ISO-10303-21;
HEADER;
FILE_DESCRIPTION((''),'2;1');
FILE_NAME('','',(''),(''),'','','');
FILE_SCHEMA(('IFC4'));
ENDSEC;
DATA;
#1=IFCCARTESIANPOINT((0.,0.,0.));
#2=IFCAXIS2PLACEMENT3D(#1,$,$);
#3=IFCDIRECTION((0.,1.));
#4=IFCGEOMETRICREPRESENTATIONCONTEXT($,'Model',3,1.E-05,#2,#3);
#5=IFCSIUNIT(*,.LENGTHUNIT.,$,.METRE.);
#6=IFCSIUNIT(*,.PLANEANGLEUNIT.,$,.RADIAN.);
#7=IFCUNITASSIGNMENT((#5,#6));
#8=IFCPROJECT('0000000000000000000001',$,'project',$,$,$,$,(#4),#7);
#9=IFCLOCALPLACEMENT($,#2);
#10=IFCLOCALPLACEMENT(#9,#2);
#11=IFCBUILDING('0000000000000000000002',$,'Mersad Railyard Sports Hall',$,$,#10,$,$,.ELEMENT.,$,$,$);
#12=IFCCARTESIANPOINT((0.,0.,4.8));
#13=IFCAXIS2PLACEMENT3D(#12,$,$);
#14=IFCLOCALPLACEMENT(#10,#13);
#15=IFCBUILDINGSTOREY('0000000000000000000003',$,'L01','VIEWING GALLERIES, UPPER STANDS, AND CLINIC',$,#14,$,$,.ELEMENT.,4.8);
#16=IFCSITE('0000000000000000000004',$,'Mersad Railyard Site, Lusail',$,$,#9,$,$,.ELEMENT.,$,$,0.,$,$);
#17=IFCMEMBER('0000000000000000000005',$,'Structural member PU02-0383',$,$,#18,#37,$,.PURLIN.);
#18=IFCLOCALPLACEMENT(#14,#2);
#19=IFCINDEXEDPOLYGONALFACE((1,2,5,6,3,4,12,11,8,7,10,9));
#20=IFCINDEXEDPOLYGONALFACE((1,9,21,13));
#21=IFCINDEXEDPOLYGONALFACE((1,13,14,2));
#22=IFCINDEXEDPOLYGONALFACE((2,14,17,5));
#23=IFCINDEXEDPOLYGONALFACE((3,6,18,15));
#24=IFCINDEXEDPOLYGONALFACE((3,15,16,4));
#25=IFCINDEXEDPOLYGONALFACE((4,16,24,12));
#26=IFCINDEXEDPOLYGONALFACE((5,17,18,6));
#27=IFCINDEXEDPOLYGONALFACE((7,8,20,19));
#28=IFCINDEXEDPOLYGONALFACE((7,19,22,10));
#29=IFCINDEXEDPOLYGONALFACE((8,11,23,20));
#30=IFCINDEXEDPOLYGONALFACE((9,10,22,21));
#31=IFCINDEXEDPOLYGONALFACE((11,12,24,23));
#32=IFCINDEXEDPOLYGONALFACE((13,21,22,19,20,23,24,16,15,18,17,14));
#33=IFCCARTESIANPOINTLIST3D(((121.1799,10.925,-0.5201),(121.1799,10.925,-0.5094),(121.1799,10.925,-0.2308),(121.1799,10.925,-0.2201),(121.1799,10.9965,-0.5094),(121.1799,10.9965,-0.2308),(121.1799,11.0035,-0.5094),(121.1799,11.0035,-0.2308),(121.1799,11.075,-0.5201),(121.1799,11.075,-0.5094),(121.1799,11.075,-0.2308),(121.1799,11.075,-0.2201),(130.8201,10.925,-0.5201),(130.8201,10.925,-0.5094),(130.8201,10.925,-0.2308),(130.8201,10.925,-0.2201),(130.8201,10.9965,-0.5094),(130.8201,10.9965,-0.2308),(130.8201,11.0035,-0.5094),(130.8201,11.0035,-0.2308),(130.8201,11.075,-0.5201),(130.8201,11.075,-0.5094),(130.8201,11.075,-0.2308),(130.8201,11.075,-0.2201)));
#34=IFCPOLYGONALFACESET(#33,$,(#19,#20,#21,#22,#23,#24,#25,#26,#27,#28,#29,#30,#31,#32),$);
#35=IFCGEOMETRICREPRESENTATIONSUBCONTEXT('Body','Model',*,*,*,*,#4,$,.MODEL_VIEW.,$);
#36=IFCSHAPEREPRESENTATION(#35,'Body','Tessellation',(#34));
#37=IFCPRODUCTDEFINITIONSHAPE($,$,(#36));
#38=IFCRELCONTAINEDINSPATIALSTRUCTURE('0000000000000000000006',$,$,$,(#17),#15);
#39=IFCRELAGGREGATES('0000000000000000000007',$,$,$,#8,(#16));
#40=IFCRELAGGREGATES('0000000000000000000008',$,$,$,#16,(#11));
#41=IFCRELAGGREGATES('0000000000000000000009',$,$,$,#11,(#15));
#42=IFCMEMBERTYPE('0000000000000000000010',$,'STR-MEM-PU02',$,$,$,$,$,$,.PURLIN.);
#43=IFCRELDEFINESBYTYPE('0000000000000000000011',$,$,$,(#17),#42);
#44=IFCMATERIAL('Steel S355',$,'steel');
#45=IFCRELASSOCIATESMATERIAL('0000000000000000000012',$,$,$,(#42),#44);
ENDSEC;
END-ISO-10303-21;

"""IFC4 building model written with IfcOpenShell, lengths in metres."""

from ifc_helpers import new_model, si_unit, direction, frame, origin, origin_2d, place, context, subcontext, project, spatial, i_section, extrude, material, material_profile, profile_set, type_object, element, save


model = new_model("IFC4")

# Units and contexts
model_context = context("Model", 3, precision=1e-05, world=origin(), true_north=direction((0.0, 1.0)))
body_context = subcontext(model_context, "Body", "Model", "MODEL_VIEW")
ifc_project = project(units=[si_unit("LENGTHUNIT", "METRE"), si_unit("PLANEANGLEUNIT", "RADIAN")], contexts=[model_context])

# Site, building, storey
site_placement = place(None, origin())
site = spatial("IfcSite", under=ifc_project, at=site_placement, Name="Mersad Railyard Site, Lusail", CompositionType="ELEMENT", RefElevation=0.0)
building_placement = place(site_placement, origin())
building = spatial("IfcBuilding", under=site, at=building_placement, Name="Mersad Railyard Sports Hall", CompositionType="ELEMENT")
storey_placement = place(building_placement, frame((0.0, 0.0, 4.8)))
storey = spatial("IfcBuildingStorey", under=building, at=storey_placement, Name="L01", Description="VIEWING GALLERIES, UPPER STANDS, AND CLINIC", CompositionType="ELEMENT", Elevation=4.8)

# Shared definitions
ifc_material_1 = material(Name="Steel S355", Category="steel")

# Member
ifc_material_profile_1 = material_profile(ifc_material_1, i_section(OverallWidth=0.1499, OverallDepth=0.3, WebThickness=0.0071, FlangeThickness=0.0107, at=origin_2d()), Name="IPE 300")
ifc_profile_set_1 = profile_set([ifc_material_profile_1], Name="Steel S355")
member_type_1 = type_object("IfcMemberType", Name="STR-MEM-PU02", PredefinedType="PURLIN", material=ifc_profile_set_1)
for number, where, z_axis, x_axis, name in (
    (1, (121.1799, 11.0, -0.3701), (1.0, 0.0, 0.0), (0.0, 1.0, 0.0), "Structural member PU02-0383"),
):
    element("IfcMember", number, at=place(storey_placement, frame(where, z_axis=z_axis, x_axis=x_axis)), inside=storey, type_object=member_type_1, Name=name, PredefinedType="PURLIN", context=body_context, shape_type="SweptSolid", body=[
        extrude(i_section(OverallWidth=0.1499, OverallDepth=0.3, WebThickness=0.0071, FlangeThickness=0.0107, at=origin_2d()), origin(), (0.0, 0.0, 1.0), 9.6401),
    ])

save(model, "model.ifc")
